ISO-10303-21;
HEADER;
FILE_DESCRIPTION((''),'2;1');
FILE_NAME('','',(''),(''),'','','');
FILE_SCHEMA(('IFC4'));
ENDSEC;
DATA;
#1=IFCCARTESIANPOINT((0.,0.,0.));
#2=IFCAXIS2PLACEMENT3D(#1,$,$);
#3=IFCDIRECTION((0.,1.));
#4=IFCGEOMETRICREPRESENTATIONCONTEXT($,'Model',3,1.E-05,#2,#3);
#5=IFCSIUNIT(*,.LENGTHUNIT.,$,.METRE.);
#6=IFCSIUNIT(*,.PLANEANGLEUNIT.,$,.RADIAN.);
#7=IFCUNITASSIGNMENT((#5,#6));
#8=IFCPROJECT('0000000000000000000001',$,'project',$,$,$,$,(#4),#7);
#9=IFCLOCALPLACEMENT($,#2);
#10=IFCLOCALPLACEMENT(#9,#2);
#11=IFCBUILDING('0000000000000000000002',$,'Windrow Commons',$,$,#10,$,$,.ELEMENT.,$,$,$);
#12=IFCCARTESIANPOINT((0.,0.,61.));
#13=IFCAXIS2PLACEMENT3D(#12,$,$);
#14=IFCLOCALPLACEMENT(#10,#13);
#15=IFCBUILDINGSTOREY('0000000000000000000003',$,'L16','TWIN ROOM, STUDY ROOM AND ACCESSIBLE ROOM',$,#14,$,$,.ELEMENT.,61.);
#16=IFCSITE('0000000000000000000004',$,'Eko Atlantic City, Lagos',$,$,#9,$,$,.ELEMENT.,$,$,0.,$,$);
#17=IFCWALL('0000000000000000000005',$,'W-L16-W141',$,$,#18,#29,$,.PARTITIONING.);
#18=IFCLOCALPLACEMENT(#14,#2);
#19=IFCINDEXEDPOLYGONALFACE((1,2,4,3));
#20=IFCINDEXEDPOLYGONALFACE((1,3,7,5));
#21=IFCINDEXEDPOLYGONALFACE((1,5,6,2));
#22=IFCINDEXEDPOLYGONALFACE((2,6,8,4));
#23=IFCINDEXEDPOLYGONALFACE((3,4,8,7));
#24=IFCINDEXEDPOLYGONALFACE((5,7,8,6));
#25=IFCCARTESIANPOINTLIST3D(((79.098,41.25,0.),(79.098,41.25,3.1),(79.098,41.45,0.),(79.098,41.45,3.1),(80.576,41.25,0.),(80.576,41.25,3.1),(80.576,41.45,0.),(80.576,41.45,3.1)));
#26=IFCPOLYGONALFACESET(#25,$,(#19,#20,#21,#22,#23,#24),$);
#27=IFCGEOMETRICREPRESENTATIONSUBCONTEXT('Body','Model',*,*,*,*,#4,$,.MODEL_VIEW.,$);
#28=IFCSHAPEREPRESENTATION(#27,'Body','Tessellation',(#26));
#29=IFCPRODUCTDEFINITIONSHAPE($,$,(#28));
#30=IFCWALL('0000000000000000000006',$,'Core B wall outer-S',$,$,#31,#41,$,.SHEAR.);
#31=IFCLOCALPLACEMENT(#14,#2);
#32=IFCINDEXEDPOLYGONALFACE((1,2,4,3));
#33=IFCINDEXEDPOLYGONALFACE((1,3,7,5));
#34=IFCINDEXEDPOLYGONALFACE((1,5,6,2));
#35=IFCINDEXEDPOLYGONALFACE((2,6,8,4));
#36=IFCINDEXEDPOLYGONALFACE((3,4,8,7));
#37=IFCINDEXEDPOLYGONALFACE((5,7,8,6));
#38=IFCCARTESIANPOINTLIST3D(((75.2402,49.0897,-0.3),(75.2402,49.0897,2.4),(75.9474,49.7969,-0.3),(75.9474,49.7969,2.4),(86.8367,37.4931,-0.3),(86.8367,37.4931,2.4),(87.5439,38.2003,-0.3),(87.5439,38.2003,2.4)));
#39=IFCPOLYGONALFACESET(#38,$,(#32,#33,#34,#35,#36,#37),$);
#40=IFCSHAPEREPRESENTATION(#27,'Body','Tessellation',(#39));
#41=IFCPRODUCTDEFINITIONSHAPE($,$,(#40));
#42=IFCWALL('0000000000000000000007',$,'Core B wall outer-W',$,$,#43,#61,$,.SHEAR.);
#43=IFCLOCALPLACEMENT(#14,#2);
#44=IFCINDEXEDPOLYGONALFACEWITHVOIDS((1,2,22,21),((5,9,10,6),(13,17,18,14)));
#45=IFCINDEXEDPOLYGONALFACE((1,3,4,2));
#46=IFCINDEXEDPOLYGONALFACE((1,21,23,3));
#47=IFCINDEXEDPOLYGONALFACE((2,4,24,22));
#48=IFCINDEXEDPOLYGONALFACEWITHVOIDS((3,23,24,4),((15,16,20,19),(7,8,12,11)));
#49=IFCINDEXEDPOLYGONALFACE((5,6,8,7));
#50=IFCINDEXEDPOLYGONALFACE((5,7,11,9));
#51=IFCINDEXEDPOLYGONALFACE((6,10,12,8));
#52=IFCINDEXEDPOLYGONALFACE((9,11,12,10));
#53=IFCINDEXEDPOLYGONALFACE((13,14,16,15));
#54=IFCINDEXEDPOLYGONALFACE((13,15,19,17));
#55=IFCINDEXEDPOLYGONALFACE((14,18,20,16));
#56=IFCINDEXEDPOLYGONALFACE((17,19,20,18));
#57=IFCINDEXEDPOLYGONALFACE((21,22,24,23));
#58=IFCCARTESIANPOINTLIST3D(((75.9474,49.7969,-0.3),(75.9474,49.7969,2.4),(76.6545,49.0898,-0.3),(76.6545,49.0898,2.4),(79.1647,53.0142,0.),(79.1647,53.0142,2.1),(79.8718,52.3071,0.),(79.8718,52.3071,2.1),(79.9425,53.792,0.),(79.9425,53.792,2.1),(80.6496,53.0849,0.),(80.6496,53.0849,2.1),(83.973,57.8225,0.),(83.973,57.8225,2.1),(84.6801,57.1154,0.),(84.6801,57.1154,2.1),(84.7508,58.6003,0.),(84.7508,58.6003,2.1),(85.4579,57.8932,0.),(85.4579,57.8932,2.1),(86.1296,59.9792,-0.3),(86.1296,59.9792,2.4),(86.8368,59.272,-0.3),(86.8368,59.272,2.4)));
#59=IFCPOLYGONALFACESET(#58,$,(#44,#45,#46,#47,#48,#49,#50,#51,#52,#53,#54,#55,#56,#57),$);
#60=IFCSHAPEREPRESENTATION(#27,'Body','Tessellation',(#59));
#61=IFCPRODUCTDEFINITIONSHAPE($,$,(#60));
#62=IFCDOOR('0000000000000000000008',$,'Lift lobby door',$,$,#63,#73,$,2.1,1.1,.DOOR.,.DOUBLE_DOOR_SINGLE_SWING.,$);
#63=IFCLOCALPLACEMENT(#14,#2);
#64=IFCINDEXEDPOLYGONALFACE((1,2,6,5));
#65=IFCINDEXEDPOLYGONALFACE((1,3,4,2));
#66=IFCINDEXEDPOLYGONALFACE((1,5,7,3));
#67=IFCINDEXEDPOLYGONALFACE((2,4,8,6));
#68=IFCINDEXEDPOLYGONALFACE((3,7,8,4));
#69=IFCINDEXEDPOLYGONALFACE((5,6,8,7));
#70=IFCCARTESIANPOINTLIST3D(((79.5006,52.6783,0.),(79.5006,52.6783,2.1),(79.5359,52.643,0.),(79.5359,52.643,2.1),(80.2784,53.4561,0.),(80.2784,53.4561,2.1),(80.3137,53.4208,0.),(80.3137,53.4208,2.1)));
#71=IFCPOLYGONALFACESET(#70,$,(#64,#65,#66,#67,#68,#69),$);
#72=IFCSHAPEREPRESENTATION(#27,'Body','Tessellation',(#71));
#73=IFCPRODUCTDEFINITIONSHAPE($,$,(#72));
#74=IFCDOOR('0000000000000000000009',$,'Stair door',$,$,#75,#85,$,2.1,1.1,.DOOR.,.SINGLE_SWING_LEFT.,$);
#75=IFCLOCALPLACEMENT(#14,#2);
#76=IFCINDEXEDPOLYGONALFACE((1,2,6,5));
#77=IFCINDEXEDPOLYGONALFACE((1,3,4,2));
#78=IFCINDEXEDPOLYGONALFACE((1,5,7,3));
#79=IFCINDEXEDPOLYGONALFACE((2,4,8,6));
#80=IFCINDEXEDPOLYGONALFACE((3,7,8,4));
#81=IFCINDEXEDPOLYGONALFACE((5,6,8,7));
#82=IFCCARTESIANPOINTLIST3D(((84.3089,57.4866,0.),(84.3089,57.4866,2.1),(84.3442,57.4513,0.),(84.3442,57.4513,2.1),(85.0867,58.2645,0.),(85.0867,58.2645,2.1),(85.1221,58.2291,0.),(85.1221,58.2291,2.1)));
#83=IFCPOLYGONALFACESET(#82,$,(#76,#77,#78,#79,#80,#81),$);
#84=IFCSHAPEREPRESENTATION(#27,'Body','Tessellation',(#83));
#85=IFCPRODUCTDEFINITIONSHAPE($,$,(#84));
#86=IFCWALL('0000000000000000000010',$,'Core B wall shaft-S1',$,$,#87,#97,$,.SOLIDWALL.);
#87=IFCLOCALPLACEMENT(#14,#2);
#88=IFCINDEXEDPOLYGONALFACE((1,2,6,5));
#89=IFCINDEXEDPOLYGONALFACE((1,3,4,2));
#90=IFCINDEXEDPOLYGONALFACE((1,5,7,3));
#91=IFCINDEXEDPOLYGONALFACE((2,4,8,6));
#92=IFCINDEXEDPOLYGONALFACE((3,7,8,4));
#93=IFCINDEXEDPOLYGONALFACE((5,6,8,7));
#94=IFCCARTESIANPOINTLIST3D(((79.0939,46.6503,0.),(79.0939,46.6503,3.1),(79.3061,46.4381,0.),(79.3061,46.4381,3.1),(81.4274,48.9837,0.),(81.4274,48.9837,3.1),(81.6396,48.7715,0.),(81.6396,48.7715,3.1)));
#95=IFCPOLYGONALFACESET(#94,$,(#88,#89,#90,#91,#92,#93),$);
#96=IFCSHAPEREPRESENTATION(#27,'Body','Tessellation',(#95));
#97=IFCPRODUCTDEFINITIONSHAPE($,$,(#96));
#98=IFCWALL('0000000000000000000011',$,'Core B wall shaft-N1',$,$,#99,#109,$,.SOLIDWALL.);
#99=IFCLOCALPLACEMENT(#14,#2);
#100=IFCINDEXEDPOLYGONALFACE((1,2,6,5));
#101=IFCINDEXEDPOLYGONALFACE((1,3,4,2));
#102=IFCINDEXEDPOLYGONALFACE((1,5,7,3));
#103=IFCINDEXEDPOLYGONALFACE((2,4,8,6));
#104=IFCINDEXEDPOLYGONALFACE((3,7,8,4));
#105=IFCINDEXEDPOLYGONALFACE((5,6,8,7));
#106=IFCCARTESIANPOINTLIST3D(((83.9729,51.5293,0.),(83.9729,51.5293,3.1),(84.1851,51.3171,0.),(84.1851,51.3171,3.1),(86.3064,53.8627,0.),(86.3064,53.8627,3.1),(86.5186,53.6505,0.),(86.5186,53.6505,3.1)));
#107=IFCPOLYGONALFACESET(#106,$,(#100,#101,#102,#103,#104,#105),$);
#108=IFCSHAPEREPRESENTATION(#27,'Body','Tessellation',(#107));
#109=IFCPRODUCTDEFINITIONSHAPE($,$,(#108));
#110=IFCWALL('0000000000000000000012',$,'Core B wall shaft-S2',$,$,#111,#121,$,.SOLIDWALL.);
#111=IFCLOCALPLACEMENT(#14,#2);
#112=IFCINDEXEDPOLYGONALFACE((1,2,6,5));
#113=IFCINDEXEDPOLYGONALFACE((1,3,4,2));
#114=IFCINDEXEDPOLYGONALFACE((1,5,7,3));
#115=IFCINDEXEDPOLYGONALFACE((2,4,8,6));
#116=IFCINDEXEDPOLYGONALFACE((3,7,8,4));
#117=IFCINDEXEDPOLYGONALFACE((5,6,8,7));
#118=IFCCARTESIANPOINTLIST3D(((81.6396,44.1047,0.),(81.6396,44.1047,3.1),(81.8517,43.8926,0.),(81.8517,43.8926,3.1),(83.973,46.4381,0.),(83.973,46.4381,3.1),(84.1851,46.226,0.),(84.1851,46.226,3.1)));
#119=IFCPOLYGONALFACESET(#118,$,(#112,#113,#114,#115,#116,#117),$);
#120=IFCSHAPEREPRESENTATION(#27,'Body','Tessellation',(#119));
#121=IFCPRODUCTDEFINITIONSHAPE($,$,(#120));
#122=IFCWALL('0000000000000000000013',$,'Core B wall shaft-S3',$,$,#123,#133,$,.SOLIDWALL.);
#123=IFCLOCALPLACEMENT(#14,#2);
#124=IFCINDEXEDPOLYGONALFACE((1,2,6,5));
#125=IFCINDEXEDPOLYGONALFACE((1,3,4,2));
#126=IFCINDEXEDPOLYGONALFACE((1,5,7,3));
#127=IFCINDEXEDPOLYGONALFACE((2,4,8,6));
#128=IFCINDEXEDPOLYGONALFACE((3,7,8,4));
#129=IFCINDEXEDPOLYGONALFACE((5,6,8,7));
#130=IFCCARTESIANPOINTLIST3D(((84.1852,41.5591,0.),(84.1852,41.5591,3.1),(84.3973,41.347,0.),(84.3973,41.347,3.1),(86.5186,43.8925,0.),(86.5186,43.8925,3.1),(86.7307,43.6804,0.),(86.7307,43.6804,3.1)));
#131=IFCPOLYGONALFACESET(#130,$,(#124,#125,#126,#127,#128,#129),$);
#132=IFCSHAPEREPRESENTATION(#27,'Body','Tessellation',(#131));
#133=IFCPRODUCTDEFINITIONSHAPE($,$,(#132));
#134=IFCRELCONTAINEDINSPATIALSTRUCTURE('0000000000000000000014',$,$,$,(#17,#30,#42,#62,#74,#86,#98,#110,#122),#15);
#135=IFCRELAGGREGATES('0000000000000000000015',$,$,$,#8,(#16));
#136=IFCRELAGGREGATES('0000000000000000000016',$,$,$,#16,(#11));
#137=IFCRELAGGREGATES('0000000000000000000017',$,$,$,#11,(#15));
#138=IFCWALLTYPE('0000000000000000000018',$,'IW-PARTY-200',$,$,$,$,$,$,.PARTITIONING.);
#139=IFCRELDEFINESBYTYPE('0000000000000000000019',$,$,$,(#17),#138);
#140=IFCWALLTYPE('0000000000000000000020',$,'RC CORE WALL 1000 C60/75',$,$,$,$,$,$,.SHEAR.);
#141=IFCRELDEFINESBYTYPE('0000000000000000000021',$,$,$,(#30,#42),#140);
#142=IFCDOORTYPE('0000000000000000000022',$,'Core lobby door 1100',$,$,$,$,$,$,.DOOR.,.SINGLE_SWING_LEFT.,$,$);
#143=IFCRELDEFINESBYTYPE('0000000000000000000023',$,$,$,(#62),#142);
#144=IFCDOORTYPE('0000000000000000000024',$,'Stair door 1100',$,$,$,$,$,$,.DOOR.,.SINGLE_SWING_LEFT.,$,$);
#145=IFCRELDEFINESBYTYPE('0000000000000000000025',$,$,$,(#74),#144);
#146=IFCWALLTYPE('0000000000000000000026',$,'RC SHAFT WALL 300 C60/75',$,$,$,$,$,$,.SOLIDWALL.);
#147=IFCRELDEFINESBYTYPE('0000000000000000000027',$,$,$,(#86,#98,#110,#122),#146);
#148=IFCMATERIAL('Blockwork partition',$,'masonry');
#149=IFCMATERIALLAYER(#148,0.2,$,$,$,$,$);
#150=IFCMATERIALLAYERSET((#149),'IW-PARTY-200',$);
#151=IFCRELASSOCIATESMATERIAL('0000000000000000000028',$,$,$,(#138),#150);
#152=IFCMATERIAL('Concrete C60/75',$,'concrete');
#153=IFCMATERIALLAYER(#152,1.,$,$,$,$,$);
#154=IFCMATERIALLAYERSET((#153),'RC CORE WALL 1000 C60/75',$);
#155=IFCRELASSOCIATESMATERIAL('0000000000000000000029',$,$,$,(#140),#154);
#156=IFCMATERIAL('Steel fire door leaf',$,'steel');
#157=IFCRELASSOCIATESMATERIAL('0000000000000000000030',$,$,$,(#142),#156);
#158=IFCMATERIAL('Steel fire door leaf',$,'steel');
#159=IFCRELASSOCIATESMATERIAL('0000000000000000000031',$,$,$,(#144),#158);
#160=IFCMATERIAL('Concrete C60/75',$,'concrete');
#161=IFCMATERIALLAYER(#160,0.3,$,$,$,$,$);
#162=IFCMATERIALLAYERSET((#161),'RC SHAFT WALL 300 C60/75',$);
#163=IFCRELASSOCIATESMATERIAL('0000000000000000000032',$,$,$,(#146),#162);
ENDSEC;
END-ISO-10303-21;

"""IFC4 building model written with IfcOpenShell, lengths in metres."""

from ifc_helpers import new_model, si_unit, direction, frame, frame_2d, origin, place, context, subcontext, project, spatial, rectangle, extrude, material, layer, layer_set, type_object, element, fill, save


model = new_model("IFC4")

# Units and contexts
model_context = context("Model", 3, precision=1e-05, world=origin(), true_north=direction((0.0, 1.0)))
body_context = subcontext(model_context, "Body", "Model", "MODEL_VIEW")
ifc_project = project(units=[si_unit("LENGTHUNIT", "METRE"), si_unit("PLANEANGLEUNIT", "RADIAN")], contexts=[model_context])

# Site, building, storey
site_placement = place(None, origin())
site = spatial("IfcSite", under=ifc_project, at=site_placement, Name="Eko Atlantic City, Lagos", CompositionType="ELEMENT", RefElevation=0.0)
building_placement = place(site_placement, origin())
building = spatial("IfcBuilding", under=site, at=building_placement, Name="Windrow Commons", CompositionType="ELEMENT")
storey_placement = place(building_placement, frame((0.0, 0.0, 61.0)))
storey = spatial("IfcBuildingStorey", under=building, at=storey_placement, Name="L16", Description="TWIN ROOM, STUDY ROOM AND ACCESSIBLE ROOM", CompositionType="ELEMENT", Elevation=61.0)

# Walls
ifc_material_1 = material(Name="Blockwork partition", Category="masonry")
ifc_layer_1 = layer(ifc_material_1, 0.2)
ifc_layer_set_1 = layer_set([ifc_layer_1], Name="IW-PARTY-200")
wall_type_1 = type_object("IfcWallType", Name="IW-PARTY-200", PredefinedType="PARTITIONING", material=ifc_layer_set_1)
wall_1_placement = place(storey_placement, frame((79.098, 41.35, 0.0), z_axis=(0.0, 0.0, 1.0), x_axis=(1.0, 0.0, 0.0)))
element("IfcWall", 1, at=wall_1_placement, inside=storey, type_object=wall_type_1, Name="W-L16-W141", PredefinedType="PARTITIONING", context=body_context, shape_type="SweptSolid", body=[
    extrude(rectangle(XDim=1.478, YDim=0.2, at=frame_2d((0.739, 0.0))), origin(), (0.0, 0.0, 1.0), 3.1),
])
ifc_material_2 = material(Name="Concrete C60/75", Category="concrete")
ifc_layer_2 = layer(ifc_material_2, 1.0)
ifc_layer_set_2 = layer_set([ifc_layer_2], Name="RC CORE WALL 1000 C60/75")
wall_type_2 = type_object("IfcWallType", Name="RC CORE WALL 1000 C60/75", PredefinedType="SHEAR", material=ifc_layer_set_2)
wall_2_placement = place(storey_placement, frame((75.5938, 49.4433, -0.3), z_axis=(0.0, 0.0, 1.0), x_axis=(0.707104, -0.70711, 0.0)))
element("IfcWall", 2, at=wall_2_placement, inside=storey, type_object=wall_type_2, Name="Core B wall outer-S", PredefinedType="SHEAR", context=body_context, shape_type="SweptSolid", body=[
    extrude(rectangle(XDim=16.4, YDim=1.0, at=frame_2d((8.2, 0.0))), origin(), (0.0, 0.0, 1.0), 2.7),
])

# Wall, openings, doors
wall_3_placement = place(storey_placement, frame((76.3009, 49.4433, -0.3), z_axis=(0.0, 0.0, 1.0), x_axis=(0.707107, 0.707107, 0.0)))
wall_3 = element("IfcWall", 3, at=wall_3_placement, inside=storey, type_object=wall_type_2, Name="Core B wall outer-W", PredefinedType="SHEAR", context=body_context, shape_type="SweptSolid", body=[
    extrude(rectangle(XDim=14.3999, YDim=1.0, at=frame_2d((7.2, 0.0))), origin(), (0.0, 0.0, 1.0), 2.7),
])
opening_1_placement = place(wall_3_placement, frame((4.55, 0.0, 0.3)))
opening_1 = element("IfcOpeningElement", 4, at=opening_1_placement, cuts=wall_3, PredefinedType="OPENING", context=body_context, shape_type="SweptSolid", body=[
    extrude(rectangle(XDim=1.1, YDim=2.1, at=frame_2d((0.55, 1.05))), frame((0.0, 0.51, 0.0), z_axis=(0.0, -1.0, 0.0), x_axis=(1.0, 0.0, 0.0)), (0.0, 0.0, 1.0), 1.02),
])
opening_2_placement = place(wall_3_placement, frame((11.35, 0.0, 0.3)))
opening_2 = element("IfcOpeningElement", 5, at=opening_2_placement, cuts=wall_3, PredefinedType="OPENING", context=body_context, shape_type="SweptSolid", body=[
    extrude(rectangle(XDim=1.1, YDim=2.1, at=frame_2d((0.55, 1.05))), frame((0.0, 0.51, 0.0), z_axis=(0.0, -1.0, 0.0), x_axis=(1.0, 0.0, 0.0)), (0.0, 0.0, 1.0), 1.02),
])
ifc_material_3 = material(Name="Steel fire door leaf", Category="steel")
door_type_1 = type_object("IfcDoorType", Name="Core lobby door 1100", OperationType="SINGLE_SWING_LEFT", PredefinedType="DOOR", material=ifc_material_3)
door_1_placement = place(opening_1_placement, origin())
door_1 = element("IfcDoor", 6, at=door_1_placement, inside=storey, type_object=door_type_1, Name="Lift lobby door", OperationType="DOUBLE_DOOR_SINGLE_SWING", OverallHeight=2.1, OverallWidth=1.1, PredefinedType="DOOR", context=body_context, shape_type="SweptSolid", body=[
    extrude(rectangle(XDim=1.1, YDim=2.1, at=frame_2d((0.55, 1.05))), frame((0.0, 0.025, 0.0), z_axis=(0.0, -1.0, 0.0), x_axis=(1.0, 0.0, 0.0)), (0.0, 0.0, 1.0), 0.05),
])
fill(opening_1, door_1)
ifc_material_4 = material(Name="Steel fire door leaf", Category="steel")
door_type_2 = type_object("IfcDoorType", Name="Stair door 1100", OperationType="SINGLE_SWING_LEFT", PredefinedType="DOOR", material=ifc_material_4)
door_2_placement = place(opening_2_placement, origin())
door_2 = element("IfcDoor", 7, at=door_2_placement, inside=storey, type_object=door_type_2, Name="Stair door", OperationType="SINGLE_SWING_LEFT", OverallHeight=2.1, OverallWidth=1.1, PredefinedType="DOOR", context=body_context, shape_type="SweptSolid", body=[
    extrude(rectangle(XDim=1.1, YDim=2.1, at=frame_2d((0.55, 1.05))), frame((0.0, 0.025, 0.0), z_axis=(0.0, -1.0, 0.0), x_axis=(1.0, 0.0, 0.0)), (0.0, 0.0, 1.0), 0.05),
])
fill(opening_2, door_2)

# Walls
ifc_material_5 = material(Name="Concrete C60/75", Category="concrete")
ifc_layer_3 = layer(ifc_material_5, 0.3)
ifc_layer_set_3 = layer_set([ifc_layer_3], Name="RC SHAFT WALL 300 C60/75")
wall_type_3 = type_object("IfcWallType", Name="RC SHAFT WALL 300 C60/75", PredefinedType="SOLIDWALL", material=ifc_layer_set_3)
for number, where, z_axis, x_axis, name in (
    (8, (79.2, 46.5442, 0.0), (0.0, 0.0, 1.0), (0.707122, 0.707092, 0.0), "Core B wall shaft-S1"),
    (9, (84.079, 51.4232, 0.0), (0.0, 0.0, 1.0), (0.707122, 0.707092, 0.0), "Core B wall shaft-N1"),
):
    element("IfcWall", number, at=place(storey_placement, frame(where, z_axis=z_axis, x_axis=x_axis)), inside=storey, type_object=wall_type_3, Name=name, PredefinedType="SOLIDWALL", context=body_context, shape_type="SweptSolid", body=[
        extrude(rectangle(XDim=3.3, YDim=0.3, at=frame_2d((1.65, 0.0))), origin(), (0.0, 0.0, 1.0), 3.1),
    ])
for number, where, z_axis, x_axis, name in (
    (10, (81.7456, 43.9986, 0.0), (0.0, 0.0, 1.0), (0.707107, 0.707107, 0.0), "Core B wall shaft-S2"),
    (11, (84.2912, 41.453, 0.0), (0.0, 0.0, 1.0), (0.707107, 0.707107, 0.0), "Core B wall shaft-S3"),
):
    element("IfcWall", number, at=place(storey_placement, frame(where, z_axis=z_axis, x_axis=x_axis)), inside=storey, type_object=wall_type_3, Name=name, PredefinedType="SOLIDWALL", context=body_context, shape_type="SweptSolid", body=[
        extrude(rectangle(XDim=3.2999, YDim=0.3, at=frame_2d((1.65, 0.0))), origin(), (0.0, 0.0, 1.0), 3.1),
    ])

save(model, "model.ifc")
